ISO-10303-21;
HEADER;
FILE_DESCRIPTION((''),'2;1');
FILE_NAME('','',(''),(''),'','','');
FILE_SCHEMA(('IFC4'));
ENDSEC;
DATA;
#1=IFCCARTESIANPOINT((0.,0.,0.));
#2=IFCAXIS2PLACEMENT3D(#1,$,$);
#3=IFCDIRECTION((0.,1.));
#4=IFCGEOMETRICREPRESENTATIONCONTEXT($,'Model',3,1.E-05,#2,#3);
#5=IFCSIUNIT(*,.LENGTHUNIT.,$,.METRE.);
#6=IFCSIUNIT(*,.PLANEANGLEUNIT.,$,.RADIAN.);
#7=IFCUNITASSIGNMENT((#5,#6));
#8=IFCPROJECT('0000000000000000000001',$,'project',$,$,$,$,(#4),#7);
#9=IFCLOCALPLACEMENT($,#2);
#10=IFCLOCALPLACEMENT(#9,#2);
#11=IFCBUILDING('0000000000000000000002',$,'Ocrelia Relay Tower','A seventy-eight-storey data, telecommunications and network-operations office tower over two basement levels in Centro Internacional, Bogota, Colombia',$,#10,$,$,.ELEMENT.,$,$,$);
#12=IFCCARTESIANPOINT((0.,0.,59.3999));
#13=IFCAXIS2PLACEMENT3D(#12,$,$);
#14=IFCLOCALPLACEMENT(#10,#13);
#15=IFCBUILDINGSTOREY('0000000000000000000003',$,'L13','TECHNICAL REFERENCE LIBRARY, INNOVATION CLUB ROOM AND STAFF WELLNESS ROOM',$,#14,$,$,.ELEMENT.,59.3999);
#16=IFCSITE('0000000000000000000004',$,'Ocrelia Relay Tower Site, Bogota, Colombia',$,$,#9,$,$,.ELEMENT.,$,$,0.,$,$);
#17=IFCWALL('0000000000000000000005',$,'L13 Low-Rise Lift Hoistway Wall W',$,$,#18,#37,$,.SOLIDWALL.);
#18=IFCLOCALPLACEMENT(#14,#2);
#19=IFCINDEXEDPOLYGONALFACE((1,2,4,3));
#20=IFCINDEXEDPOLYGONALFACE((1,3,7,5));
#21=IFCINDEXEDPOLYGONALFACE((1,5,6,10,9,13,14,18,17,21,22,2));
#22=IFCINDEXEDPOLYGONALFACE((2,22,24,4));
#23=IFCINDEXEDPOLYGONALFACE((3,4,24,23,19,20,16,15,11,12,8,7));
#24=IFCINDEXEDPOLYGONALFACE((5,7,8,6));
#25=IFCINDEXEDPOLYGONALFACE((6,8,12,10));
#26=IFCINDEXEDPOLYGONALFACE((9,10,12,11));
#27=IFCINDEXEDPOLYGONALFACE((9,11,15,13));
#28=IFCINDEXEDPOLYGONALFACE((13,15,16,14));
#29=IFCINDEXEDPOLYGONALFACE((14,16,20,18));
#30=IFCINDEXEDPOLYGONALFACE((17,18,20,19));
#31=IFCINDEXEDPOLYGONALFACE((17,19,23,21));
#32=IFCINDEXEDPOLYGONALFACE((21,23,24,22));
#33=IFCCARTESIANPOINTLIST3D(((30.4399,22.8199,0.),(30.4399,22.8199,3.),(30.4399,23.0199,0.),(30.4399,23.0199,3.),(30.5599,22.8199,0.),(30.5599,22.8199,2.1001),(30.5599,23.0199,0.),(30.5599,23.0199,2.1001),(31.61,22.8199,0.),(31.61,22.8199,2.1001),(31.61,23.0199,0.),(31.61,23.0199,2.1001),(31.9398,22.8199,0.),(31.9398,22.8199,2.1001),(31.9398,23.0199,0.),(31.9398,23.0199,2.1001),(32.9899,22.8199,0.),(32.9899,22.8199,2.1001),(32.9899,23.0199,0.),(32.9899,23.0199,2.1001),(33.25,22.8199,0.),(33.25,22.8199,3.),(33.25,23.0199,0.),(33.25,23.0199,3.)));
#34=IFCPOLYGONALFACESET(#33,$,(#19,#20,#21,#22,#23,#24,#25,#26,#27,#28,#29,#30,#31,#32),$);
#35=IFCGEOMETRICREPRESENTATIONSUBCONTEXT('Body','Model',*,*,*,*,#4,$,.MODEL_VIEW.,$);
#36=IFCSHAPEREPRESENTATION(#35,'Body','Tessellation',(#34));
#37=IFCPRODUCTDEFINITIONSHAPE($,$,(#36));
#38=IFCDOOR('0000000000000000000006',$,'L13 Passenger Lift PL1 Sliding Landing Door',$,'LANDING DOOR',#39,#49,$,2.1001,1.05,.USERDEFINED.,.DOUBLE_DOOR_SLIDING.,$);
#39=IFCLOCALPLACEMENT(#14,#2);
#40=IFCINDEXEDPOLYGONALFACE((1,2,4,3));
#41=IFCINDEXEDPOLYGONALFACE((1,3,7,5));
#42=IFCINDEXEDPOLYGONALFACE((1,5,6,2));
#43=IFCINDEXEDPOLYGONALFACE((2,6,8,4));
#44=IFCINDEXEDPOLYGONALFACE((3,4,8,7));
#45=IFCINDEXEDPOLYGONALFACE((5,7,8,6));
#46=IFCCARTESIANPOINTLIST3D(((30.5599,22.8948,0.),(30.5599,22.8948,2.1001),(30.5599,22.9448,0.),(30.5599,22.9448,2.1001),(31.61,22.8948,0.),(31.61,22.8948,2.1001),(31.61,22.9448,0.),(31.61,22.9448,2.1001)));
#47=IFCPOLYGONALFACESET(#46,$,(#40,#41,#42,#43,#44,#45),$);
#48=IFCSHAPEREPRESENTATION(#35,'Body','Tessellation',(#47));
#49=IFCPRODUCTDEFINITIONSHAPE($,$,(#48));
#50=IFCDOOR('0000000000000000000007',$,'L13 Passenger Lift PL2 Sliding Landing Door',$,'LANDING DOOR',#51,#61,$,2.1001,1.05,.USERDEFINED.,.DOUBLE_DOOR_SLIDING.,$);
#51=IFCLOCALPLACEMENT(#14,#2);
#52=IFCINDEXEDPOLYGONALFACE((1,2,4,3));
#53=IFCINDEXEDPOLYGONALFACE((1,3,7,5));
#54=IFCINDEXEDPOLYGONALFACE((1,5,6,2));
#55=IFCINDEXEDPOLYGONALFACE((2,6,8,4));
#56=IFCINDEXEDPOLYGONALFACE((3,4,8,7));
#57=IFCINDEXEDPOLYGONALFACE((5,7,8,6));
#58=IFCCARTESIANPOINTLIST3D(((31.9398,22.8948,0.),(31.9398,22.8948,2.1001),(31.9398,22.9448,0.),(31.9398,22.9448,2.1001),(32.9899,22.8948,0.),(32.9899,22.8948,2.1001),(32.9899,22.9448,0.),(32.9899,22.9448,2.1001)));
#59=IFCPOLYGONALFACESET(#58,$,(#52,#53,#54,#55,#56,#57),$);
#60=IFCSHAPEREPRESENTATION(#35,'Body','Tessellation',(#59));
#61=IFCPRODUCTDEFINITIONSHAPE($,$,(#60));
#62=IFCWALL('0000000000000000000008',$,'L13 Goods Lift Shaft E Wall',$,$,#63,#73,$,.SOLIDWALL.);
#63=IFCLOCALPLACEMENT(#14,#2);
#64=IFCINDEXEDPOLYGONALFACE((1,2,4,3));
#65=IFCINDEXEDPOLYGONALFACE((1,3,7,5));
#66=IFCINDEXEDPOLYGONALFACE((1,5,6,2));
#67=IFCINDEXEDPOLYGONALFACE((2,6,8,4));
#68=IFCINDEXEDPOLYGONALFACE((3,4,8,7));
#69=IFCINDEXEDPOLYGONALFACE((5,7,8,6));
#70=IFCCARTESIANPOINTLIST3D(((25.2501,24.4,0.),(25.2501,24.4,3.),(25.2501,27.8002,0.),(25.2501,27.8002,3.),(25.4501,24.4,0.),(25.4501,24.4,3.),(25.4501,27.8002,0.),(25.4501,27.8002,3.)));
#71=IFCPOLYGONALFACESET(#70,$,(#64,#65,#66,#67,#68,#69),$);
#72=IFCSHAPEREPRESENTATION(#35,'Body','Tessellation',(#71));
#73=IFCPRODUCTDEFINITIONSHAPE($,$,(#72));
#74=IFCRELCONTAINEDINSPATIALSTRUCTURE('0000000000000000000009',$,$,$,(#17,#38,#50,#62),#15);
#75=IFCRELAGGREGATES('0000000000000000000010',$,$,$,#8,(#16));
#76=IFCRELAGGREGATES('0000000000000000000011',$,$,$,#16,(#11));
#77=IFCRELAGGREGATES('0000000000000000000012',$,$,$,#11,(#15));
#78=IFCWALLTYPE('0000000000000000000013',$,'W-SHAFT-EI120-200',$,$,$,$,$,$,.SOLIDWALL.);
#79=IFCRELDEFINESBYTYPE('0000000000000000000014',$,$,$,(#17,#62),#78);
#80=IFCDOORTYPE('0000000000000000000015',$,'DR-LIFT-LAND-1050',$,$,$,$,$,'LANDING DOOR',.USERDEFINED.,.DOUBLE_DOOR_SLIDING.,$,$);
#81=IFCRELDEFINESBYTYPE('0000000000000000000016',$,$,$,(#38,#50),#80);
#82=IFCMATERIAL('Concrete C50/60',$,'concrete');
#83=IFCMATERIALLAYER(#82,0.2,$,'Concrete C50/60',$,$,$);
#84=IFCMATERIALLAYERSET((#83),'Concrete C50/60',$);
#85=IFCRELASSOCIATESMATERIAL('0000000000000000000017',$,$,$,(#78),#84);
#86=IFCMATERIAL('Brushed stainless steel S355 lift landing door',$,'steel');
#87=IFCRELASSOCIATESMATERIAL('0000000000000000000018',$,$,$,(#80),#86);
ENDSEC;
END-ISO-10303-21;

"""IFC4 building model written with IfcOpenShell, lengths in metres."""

from ifc_helpers import new_model, si_unit, direction, frame, frame_2d, origin, place, context, subcontext, project, spatial, rectangle, extrude, material, layer, layer_set, type_object, element, fill, save


model = new_model("IFC4")

# Units and contexts
model_context = context("Model", 3, precision=1e-05, world=origin(), true_north=direction((0.0, 1.0)))
body_context = subcontext(model_context, "Body", "Model", "MODEL_VIEW")
ifc_project = project(units=[si_unit("LENGTHUNIT", "METRE"), si_unit("PLANEANGLEUNIT", "RADIAN")], contexts=[model_context])

# Site, building, storey
site_placement = place(None, origin())
site = spatial("IfcSite", under=ifc_project, at=site_placement, Name="Ocrelia Relay Tower Site, Bogota, Colombia", CompositionType="ELEMENT", RefElevation=0.0)
building_placement = place(site_placement, origin())
building = spatial("IfcBuilding", under=site, at=building_placement, Name="Ocrelia Relay Tower", Description="A seventy-eight-storey data, telecommunications and network-operations office tower over two basement levels in Centro Internacional, Bogota, Colombia", CompositionType="ELEMENT")
storey_placement = place(building_placement, frame((0.0, 0.0, 59.3999)))
storey = spatial("IfcBuildingStorey", under=building, at=storey_placement, Name="L13", Description="TECHNICAL REFERENCE LIBRARY, INNOVATION CLUB ROOM AND STAFF WELLNESS ROOM", CompositionType="ELEMENT", Elevation=59.3999)

# Wall, openings, doors
ifc_material_1 = material(Name="Concrete C50/60", Category="concrete")
ifc_layer_1 = layer(ifc_material_1, 0.2, Name="Concrete C50/60")
ifc_layer_set_1 = layer_set([ifc_layer_1], Name="Concrete C50/60")
wall_type_1 = type_object("IfcWallType", Name="W-SHAFT-EI120-200", PredefinedType="SOLIDWALL", material=ifc_layer_set_1)
wall_1_placement = place(storey_placement, frame((30.4399, 22.9199, 0.0), z_axis=(0.0, 0.0, 1.0), x_axis=(1.0, 0.0, 0.0)))
wall_1 = element("IfcWall", 1, at=wall_1_placement, inside=storey, type_object=wall_type_1, Name="L13 Low-Rise Lift Hoistway Wall W", PredefinedType="SOLIDWALL", context=body_context, shape_type="SweptSolid", body=[
    extrude(rectangle(XDim=2.8101, YDim=0.2, at=frame_2d((1.405, 0.0))), origin(), (0.0, 0.0, 1.0), 3.0),
])
opening_1_placement = place(wall_1_placement, frame((0.1201, 0.0, 0.0)))
opening_1 = element("IfcOpeningElement", 2, at=opening_1_placement, cuts=wall_1, PredefinedType="OPENING", context=body_context, shape_type="SweptSolid", body=[
    extrude(rectangle(XDim=1.05, YDim=2.1001, at=frame_2d((0.5249, 1.05))), frame((0.0, 0.1099, 0.0), z_axis=(0.0, -1.0, 0.0), x_axis=(1.0, 0.0, 0.0)), (0.0, 0.0, 1.0), 0.22),
])
opening_2_placement = place(wall_1_placement, frame((1.5, 0.0, 0.0)))
opening_2 = element("IfcOpeningElement", 3, at=opening_2_placement, cuts=wall_1, PredefinedType="OPENING", context=body_context, shape_type="SweptSolid", body=[
    extrude(rectangle(XDim=1.05, YDim=2.1001, at=frame_2d((0.5249, 1.05))), frame((0.0, 0.1099, 0.0), z_axis=(0.0, -1.0, 0.0), x_axis=(1.0, 0.0, 0.0)), (0.0, 0.0, 1.0), 0.22),
])
ifc_material_2 = material(Name="Brushed stainless steel S355 lift landing door", Category="steel")
door_type_1 = type_object("IfcDoorType", Name="DR-LIFT-LAND-1050", ElementType="LANDING DOOR", OperationType="DOUBLE_DOOR_SLIDING", PredefinedType="USERDEFINED", material=ifc_material_2)
door_1_placement = place(opening_1_placement, origin())
door_1 = element("IfcDoor", 4, at=door_1_placement, inside=storey, type_object=door_type_1, Name="L13 Passenger Lift PL1 Sliding Landing Door", ObjectType="LANDING DOOR", OperationType="DOUBLE_DOOR_SLIDING", OverallHeight=2.1001, OverallWidth=1.05, PredefinedType="USERDEFINED", context=body_context, shape_type="SweptSolid", body=[
    extrude(rectangle(XDim=1.05, YDim=2.1001, at=frame_2d((0.5249, 1.05))), frame((0.0, 0.0249, 0.0), z_axis=(0.0, -1.0, 0.0), x_axis=(1.0, 0.0, 0.0)), (0.0, 0.0, 1.0), 0.05),
])
fill(opening_1, door_1)
door_2_placement = place(opening_2_placement, origin())
door_2 = element("IfcDoor", 5, at=door_2_placement, inside=storey, type_object=door_type_1, Name="L13 Passenger Lift PL2 Sliding Landing Door", ObjectType="LANDING DOOR", OperationType="DOUBLE_DOOR_SLIDING", OverallHeight=2.1001, OverallWidth=1.05, PredefinedType="USERDEFINED", context=body_context, shape_type="SweptSolid", body=[
    extrude(rectangle(XDim=1.05, YDim=2.1001, at=frame_2d((0.5249, 1.05))), frame((0.0, 0.0249, 0.0), z_axis=(0.0, -1.0, 0.0), x_axis=(1.0, 0.0, 0.0)), (0.0, 0.0, 1.0), 0.05),
])
fill(opening_2, door_2)

# Wall
wall_2_placement = place(storey_placement, frame((25.3501, 24.3999, 0.0), z_axis=(0.0, 0.0, 1.0), x_axis=(0.0, 1.0, 0.0)))
element("IfcWall", 6, at=wall_2_placement, inside=storey, type_object=wall_type_1, Name="L13 Goods Lift Shaft E Wall", PredefinedType="SOLIDWALL", context=body_context, shape_type="SweptSolid", body=[
    extrude(rectangle(XDim=3.4001, YDim=0.2, at=frame_2d((1.7002, 0.0))), origin(), (0.0, 0.0, 1.0), 3.0),
])

save(model, "model.ifc")
